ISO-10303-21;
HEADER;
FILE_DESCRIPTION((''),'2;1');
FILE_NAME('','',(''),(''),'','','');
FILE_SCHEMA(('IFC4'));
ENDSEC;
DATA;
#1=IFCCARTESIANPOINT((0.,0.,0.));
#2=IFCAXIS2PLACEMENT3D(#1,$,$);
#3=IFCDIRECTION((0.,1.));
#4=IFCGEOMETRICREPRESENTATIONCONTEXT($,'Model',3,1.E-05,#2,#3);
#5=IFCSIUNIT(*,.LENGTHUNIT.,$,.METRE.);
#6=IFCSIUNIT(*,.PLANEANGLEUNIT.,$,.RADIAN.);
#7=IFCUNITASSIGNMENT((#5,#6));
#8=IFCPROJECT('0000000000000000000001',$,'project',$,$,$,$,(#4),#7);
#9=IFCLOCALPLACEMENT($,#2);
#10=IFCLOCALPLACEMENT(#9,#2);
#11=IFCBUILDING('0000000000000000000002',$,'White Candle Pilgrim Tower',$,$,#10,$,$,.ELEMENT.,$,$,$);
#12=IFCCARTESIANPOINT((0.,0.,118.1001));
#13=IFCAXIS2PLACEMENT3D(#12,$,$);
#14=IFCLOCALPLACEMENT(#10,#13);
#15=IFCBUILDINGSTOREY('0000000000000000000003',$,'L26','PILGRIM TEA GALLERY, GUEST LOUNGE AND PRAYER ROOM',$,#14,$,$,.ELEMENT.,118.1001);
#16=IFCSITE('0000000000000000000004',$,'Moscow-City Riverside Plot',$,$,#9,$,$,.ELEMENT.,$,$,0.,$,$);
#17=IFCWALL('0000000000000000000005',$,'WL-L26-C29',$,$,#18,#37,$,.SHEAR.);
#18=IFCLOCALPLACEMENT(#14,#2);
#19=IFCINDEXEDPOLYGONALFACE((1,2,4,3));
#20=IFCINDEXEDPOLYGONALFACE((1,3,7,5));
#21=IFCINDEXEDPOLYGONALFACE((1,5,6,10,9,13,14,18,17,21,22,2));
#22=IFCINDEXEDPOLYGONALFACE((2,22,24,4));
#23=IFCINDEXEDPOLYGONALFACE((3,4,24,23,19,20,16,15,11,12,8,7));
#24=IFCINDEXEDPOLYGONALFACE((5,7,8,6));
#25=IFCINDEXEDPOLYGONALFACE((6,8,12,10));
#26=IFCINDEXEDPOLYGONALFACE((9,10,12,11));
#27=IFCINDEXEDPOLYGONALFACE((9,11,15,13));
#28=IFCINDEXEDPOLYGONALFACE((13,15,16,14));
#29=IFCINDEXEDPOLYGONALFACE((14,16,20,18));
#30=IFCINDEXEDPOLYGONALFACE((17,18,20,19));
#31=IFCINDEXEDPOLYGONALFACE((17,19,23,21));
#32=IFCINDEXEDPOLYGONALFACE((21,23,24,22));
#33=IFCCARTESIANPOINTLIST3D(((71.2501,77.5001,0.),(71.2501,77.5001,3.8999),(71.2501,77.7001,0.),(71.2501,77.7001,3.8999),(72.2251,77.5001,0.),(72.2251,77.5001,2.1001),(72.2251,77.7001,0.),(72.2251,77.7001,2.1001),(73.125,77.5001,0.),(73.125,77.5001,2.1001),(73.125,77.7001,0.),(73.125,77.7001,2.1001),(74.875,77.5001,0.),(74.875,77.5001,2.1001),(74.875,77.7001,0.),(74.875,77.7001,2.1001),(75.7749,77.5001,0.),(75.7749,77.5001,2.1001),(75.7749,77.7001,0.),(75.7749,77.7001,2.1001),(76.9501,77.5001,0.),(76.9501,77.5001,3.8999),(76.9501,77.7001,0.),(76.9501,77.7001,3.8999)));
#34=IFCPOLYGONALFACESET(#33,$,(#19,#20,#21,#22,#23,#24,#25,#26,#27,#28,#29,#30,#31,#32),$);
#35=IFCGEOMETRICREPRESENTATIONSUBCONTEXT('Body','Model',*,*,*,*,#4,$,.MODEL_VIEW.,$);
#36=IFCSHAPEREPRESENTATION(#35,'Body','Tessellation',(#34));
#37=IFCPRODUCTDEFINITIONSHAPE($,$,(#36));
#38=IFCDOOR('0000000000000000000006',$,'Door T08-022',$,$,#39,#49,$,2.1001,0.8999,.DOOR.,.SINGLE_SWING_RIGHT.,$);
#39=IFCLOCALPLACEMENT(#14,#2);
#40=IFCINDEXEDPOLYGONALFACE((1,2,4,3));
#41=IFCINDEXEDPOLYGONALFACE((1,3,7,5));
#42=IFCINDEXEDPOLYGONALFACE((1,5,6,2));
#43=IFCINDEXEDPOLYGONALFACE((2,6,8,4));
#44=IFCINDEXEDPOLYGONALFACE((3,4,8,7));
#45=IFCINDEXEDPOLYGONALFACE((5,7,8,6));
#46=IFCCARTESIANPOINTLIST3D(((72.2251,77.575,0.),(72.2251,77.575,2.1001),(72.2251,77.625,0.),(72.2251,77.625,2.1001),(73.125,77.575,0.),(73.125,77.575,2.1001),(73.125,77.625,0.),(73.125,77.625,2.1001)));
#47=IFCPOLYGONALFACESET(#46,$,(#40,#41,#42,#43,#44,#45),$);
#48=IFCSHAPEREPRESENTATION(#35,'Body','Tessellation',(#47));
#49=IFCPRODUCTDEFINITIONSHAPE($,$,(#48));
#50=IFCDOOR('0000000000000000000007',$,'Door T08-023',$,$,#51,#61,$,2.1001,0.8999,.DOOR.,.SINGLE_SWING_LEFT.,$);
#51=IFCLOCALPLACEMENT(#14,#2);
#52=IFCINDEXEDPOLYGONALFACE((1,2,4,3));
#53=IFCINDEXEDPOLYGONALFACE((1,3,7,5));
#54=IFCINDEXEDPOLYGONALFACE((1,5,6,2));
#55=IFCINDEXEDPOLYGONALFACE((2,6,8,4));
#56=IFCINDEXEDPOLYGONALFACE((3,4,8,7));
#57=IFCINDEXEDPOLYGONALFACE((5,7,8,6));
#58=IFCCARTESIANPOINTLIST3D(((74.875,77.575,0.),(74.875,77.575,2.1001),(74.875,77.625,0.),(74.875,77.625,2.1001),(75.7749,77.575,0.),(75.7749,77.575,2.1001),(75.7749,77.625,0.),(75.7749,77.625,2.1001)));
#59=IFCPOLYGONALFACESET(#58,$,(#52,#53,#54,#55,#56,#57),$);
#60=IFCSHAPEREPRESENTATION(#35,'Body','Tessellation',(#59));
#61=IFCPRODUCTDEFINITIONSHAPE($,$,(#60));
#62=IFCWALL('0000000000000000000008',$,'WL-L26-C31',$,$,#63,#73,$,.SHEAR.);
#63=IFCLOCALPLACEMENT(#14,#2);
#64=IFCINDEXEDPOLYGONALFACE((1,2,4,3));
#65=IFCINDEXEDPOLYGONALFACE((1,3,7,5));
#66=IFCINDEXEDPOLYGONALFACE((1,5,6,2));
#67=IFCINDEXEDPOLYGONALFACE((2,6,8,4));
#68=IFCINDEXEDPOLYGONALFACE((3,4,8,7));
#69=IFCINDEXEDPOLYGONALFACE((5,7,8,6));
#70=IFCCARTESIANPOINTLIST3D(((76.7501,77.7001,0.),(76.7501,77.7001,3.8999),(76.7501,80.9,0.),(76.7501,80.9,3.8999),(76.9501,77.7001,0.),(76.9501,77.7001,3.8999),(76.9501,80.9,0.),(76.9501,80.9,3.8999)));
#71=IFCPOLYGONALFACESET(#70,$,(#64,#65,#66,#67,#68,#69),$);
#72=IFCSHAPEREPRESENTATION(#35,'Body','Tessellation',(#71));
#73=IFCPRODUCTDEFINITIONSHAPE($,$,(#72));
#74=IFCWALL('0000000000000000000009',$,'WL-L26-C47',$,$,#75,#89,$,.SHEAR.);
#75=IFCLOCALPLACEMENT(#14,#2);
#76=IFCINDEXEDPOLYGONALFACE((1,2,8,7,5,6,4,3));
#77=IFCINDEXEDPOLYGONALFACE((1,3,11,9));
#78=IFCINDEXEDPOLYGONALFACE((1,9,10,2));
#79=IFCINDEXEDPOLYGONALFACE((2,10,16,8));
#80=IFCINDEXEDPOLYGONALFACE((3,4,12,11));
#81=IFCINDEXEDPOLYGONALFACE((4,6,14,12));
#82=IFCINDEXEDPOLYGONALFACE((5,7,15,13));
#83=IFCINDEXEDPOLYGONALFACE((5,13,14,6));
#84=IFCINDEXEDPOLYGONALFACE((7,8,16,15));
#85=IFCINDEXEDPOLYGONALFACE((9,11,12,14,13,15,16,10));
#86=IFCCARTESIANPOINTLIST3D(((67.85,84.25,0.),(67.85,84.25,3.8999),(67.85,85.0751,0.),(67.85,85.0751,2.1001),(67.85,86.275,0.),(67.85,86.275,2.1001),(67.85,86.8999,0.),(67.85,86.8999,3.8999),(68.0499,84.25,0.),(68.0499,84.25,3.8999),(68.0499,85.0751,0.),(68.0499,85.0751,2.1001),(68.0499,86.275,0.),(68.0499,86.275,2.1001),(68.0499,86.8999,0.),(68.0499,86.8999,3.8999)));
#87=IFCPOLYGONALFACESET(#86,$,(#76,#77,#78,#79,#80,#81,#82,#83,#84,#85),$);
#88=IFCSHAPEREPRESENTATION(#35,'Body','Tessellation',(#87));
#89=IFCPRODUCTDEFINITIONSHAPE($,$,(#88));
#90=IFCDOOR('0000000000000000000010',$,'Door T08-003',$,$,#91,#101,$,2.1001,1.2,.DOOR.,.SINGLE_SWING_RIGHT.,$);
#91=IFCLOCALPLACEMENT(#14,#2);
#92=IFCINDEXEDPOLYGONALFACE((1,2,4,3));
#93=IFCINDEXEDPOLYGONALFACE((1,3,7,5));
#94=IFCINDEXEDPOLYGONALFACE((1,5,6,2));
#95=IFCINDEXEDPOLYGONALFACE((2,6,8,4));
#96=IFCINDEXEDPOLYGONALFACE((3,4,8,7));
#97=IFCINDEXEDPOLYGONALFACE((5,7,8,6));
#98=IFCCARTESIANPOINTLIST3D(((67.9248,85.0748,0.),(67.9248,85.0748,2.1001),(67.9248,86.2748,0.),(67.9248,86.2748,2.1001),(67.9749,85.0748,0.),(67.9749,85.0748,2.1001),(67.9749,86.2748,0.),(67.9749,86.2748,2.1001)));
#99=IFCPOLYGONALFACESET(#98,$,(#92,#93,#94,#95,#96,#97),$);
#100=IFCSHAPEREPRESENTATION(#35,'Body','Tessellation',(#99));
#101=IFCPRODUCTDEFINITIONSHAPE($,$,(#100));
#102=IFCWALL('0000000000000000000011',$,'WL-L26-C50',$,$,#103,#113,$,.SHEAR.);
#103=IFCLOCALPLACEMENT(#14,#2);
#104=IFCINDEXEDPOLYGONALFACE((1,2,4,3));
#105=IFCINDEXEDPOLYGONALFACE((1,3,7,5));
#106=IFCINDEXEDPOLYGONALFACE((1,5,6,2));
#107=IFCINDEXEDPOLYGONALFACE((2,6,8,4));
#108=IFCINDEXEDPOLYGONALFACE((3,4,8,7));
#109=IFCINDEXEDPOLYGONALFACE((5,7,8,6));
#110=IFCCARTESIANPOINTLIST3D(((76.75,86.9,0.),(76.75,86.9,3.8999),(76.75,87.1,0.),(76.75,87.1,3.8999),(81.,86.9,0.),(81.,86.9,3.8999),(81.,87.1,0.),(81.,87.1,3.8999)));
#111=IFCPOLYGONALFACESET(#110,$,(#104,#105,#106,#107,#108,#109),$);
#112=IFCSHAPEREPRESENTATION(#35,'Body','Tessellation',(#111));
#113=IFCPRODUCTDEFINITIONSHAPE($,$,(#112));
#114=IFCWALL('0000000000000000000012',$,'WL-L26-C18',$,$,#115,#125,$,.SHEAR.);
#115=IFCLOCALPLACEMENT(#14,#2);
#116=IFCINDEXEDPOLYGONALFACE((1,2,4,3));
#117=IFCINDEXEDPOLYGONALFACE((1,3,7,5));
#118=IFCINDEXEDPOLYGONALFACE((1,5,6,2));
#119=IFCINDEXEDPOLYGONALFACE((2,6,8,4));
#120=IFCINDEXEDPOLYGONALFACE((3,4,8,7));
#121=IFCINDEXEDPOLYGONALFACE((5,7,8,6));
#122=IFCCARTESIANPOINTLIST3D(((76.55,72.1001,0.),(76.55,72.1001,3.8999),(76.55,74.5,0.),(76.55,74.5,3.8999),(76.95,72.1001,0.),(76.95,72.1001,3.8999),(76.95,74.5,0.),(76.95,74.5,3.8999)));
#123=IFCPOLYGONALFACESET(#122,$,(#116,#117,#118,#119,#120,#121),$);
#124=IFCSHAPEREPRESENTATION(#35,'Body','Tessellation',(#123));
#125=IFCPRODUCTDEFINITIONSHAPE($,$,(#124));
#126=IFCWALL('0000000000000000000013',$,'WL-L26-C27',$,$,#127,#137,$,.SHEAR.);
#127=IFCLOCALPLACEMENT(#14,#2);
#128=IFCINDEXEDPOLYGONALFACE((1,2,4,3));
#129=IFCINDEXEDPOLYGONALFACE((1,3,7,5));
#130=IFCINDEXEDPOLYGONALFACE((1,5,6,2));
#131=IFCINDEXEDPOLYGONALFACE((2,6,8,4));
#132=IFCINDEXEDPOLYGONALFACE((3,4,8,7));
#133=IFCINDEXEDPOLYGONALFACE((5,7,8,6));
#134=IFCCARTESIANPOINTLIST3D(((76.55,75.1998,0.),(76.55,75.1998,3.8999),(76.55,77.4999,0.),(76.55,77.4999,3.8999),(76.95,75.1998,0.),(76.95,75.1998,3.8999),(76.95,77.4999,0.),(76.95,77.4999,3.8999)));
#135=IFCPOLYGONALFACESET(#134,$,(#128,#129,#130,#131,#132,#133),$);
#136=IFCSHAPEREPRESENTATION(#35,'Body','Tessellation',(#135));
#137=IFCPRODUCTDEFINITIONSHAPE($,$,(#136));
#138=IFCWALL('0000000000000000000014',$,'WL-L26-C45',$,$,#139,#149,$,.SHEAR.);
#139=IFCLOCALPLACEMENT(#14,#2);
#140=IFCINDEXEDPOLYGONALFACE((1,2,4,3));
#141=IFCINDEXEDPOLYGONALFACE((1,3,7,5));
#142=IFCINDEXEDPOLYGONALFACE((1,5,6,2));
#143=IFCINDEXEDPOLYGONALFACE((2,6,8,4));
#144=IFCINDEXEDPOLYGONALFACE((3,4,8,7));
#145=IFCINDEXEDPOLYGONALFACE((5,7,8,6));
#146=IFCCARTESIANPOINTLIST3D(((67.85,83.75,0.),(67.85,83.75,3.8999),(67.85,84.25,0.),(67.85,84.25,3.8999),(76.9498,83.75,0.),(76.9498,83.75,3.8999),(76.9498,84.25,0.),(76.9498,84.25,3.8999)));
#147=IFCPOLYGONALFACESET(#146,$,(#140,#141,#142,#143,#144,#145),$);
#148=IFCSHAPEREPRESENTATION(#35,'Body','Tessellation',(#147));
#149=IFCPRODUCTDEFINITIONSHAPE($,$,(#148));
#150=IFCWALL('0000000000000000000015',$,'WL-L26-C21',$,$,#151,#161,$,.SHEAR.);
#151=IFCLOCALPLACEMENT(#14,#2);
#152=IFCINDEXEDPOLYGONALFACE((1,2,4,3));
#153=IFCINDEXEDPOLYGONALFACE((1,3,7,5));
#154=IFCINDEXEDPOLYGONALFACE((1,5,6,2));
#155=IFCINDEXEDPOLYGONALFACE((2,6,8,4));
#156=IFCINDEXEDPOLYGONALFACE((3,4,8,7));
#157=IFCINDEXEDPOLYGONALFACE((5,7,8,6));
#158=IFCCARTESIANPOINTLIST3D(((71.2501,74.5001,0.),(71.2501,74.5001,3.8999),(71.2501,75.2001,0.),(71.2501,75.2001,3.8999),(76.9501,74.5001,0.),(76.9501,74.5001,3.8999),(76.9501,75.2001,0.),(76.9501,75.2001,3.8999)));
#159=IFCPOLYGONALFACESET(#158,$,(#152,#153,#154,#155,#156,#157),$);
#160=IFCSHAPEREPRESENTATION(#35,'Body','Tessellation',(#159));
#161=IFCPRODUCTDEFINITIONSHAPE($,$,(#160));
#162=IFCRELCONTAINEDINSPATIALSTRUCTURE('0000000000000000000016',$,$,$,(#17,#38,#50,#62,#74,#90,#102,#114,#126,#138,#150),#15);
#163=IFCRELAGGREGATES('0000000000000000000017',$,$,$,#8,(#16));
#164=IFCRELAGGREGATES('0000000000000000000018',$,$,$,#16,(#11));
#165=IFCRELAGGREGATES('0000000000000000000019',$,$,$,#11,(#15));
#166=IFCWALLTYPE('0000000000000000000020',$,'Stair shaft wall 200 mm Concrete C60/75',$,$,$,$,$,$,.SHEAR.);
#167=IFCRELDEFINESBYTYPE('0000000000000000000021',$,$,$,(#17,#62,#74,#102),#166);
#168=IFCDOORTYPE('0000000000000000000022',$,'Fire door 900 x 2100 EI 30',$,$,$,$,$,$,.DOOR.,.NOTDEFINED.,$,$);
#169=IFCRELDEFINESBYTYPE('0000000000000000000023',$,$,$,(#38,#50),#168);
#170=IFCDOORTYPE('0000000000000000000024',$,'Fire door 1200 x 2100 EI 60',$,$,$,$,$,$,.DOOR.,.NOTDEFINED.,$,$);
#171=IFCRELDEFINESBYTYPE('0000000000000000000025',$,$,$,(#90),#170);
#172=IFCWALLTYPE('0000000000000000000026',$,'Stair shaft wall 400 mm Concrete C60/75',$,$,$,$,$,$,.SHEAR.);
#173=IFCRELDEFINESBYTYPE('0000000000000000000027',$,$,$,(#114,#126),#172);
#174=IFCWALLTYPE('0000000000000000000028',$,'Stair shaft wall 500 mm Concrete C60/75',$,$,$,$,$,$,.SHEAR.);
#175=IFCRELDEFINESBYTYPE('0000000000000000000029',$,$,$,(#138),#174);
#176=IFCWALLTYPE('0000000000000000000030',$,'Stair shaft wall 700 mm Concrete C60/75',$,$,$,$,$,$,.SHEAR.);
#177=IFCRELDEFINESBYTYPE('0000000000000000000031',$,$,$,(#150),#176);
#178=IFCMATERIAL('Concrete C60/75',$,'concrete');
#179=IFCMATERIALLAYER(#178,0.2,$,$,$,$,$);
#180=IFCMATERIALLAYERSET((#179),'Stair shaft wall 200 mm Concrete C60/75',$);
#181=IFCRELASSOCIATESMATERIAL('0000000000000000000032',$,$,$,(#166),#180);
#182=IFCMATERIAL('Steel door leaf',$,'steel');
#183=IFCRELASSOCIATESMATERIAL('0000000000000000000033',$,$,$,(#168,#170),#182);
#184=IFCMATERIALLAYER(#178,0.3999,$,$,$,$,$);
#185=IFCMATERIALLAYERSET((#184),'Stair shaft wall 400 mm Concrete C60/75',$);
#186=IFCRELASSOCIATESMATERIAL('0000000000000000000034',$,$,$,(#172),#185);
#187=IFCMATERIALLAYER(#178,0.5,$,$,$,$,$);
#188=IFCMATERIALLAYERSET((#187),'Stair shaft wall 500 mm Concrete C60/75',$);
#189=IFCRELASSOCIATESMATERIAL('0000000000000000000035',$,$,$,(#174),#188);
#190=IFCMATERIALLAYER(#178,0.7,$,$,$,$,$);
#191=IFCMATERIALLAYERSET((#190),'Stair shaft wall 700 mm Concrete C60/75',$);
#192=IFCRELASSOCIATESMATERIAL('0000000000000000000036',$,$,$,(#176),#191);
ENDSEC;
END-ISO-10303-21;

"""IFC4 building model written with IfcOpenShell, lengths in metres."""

from ifc_helpers import new_model, si_unit, direction, frame, frame_2d, origin, place, context, subcontext, project, spatial, rectangle, extrude, material, layer, layer_set, type_object, element, fill, save


model = new_model("IFC4")

# Units and contexts
model_context = context("Model", 3, precision=1e-05, world=origin(), true_north=direction((0.0, 1.0)))
body_context = subcontext(model_context, "Body", "Model", "MODEL_VIEW")
ifc_project = project(units=[si_unit("LENGTHUNIT", "METRE"), si_unit("PLANEANGLEUNIT", "RADIAN")], contexts=[model_context])

# Site, building, storey
site_placement = place(None, origin())
site = spatial("IfcSite", under=ifc_project, at=site_placement, Name="Moscow-City Riverside Plot", CompositionType="ELEMENT", RefElevation=0.0)
building_placement = place(site_placement, origin())
building = spatial("IfcBuilding", under=site, at=building_placement, Name="White Candle Pilgrim Tower", CompositionType="ELEMENT")
storey_placement = place(building_placement, frame((0.0, 0.0, 118.1001)))
storey = spatial("IfcBuildingStorey", under=building, at=storey_placement, Name="L26", Description="PILGRIM TEA GALLERY, GUEST LOUNGE AND PRAYER ROOM", CompositionType="ELEMENT", Elevation=118.1001)

# Shared definitions
ifc_material_1 = material(Name="Concrete C60/75", Category="concrete")

# Wall, openings, doors
ifc_layer_1 = layer(ifc_material_1, 0.2)
ifc_layer_set_1 = layer_set([ifc_layer_1], Name="Stair shaft wall 200 mm Concrete C60/75")
wall_type_1 = type_object("IfcWallType", Name="Stair shaft wall 200 mm Concrete C60/75", PredefinedType="SHEAR", material=ifc_layer_set_1)
wall_1_placement = place(storey_placement, frame((71.25, 77.6001, 0.0), z_axis=(0.0, 0.0, 1.0), x_axis=(1.0, 0.0, 0.0)))
wall_1 = element("IfcWall", 1, at=wall_1_placement, inside=storey, type_object=wall_type_1, Name="WL-L26-C29", PredefinedType="SHEAR", context=body_context, shape_type="SweptSolid", body=[
    extrude(rectangle(XDim=5.7, YDim=0.2, at=frame_2d((2.8501, 0.0))), origin(), (0.0, 0.0, 1.0), 3.8999),
])
opening_1_placement = place(wall_1_placement, frame((0.9751, 0.0, 0.0)))
opening_1 = element("IfcOpeningElement", 2, at=opening_1_placement, cuts=wall_1, PredefinedType="OPENING", context=body_context, shape_type="SweptSolid", body=[
    extrude(rectangle(XDim=0.8999, YDim=2.1001, at=frame_2d((0.45, 1.05))), frame((0.0, 0.1099, 0.0), z_axis=(0.0, -1.0, 0.0), x_axis=(1.0, 0.0, 0.0)), (0.0, 0.0, 1.0), 0.22),
])
opening_2_placement = place(wall_1_placement, frame((3.625, 0.0, 0.0)))
opening_2 = element("IfcOpeningElement", 3, at=opening_2_placement, cuts=wall_1, PredefinedType="OPENING", context=body_context, shape_type="SweptSolid", body=[
    extrude(rectangle(XDim=0.8999, YDim=2.1001, at=frame_2d((0.45, 1.05))), frame((0.0, 0.1099, 0.0), z_axis=(0.0, -1.0, 0.0), x_axis=(1.0, 0.0, 0.0)), (0.0, 0.0, 1.0), 0.22),
])
ifc_material_2 = material(Name="Steel door leaf", Category="steel")
door_type_1 = type_object("IfcDoorType", Name="Fire door 900 x 2100 EI 30", OperationType="NOTDEFINED", PredefinedType="DOOR", material=ifc_material_2)
door_1_placement = place(opening_1_placement, origin())
door_1 = element("IfcDoor", 4, at=door_1_placement, inside=storey, type_object=door_type_1, Name="Door T08-022", OperationType="SINGLE_SWING_RIGHT", OverallHeight=2.1001, OverallWidth=0.8999, PredefinedType="DOOR", context=body_context, shape_type="SweptSolid", body=[
    extrude(rectangle(XDim=0.8999, YDim=2.1001, at=frame_2d((0.45, 1.05))), frame((0.0, 0.0249, 0.0), z_axis=(0.0, -1.0, 0.0), x_axis=(1.0, 0.0, 0.0)), (0.0, 0.0, 1.0), 0.05),
])
fill(opening_1, door_1)
door_2_placement = place(opening_2_placement, origin())
door_2 = element("IfcDoor", 5, at=door_2_placement, inside=storey, type_object=door_type_1, Name="Door T08-023", OperationType="SINGLE_SWING_LEFT", OverallHeight=2.1001, OverallWidth=0.8999, PredefinedType="DOOR", context=body_context, shape_type="SweptSolid", body=[
    extrude(rectangle(XDim=0.8999, YDim=2.1001, at=frame_2d((0.45, 1.05))), frame((0.0, 0.0249, 0.0), z_axis=(0.0, -1.0, 0.0), x_axis=(1.0, 0.0, 0.0)), (0.0, 0.0, 1.0), 0.05),
])
fill(opening_2, door_2)

# Wall
wall_2_placement = place(storey_placement, frame((76.8501, 77.7, 0.0), z_axis=(0.0, 0.0, 1.0), x_axis=(0.0, 1.0, 0.0)))
element("IfcWall", 6, at=wall_2_placement, inside=storey, type_object=wall_type_1, Name="WL-L26-C31", PredefinedType="SHEAR", context=body_context, shape_type="SweptSolid", body=[
    extrude(rectangle(XDim=3.2, YDim=0.2, at=frame_2d((1.6001, 0.0))), origin(), (0.0, 0.0, 1.0), 3.8999),
])

# Wall, opening, door
wall_3_placement = place(storey_placement, frame((67.95, 84.25, 0.0), z_axis=(0.0, 0.0, 1.0), x_axis=(0.0, 1.0, 0.0)))
wall_3 = element("IfcWall", 7, at=wall_3_placement, inside=storey, type_object=wall_type_1, Name="WL-L26-C47", PredefinedType="SHEAR", context=body_context, shape_type="SweptSolid", body=[
    extrude(rectangle(XDim=2.6499, YDim=0.2, at=frame_2d((1.325, 0.0))), origin(), (0.0, 0.0, 1.0), 3.8999),
])
opening_3_placement = place(wall_3_placement, frame((0.825, 0.0, 0.0)))
opening_3 = element("IfcOpeningElement", 8, at=opening_3_placement, cuts=wall_3, PredefinedType="OPENING", context=body_context, shape_type="SweptSolid", body=[
    extrude(rectangle(XDim=1.2, YDim=2.1001, at=frame_2d((0.6001, 1.05))), frame((0.0, 0.1099, 0.0), z_axis=(0.0, -1.0, 0.0), x_axis=(1.0, 0.0, 0.0)), (0.0, 0.0, 1.0), 0.22),
])
door_type_2 = type_object("IfcDoorType", Name="Fire door 1200 x 2100 EI 60", OperationType="NOTDEFINED", PredefinedType="DOOR", material=ifc_material_2)
door_3_placement = place(opening_3_placement, frame((1.2, 0.0, 0.0), z_axis=(0.0, 0.0, 1.0), x_axis=(-1.0, 0.0, 0.0)))
door_3 = element("IfcDoor", 9, at=door_3_placement, inside=storey, type_object=door_type_2, Name="Door T08-003", OperationType="SINGLE_SWING_RIGHT", OverallHeight=2.1001, OverallWidth=1.2, PredefinedType="DOOR", context=body_context, shape_type="SweptSolid", body=[
    extrude(rectangle(XDim=1.2, YDim=2.1001, at=frame_2d((0.6001, 1.05))), frame((0.0, 0.0249, 0.0), z_axis=(0.0, -1.0, 0.0), x_axis=(1.0, 0.0, 0.0)), (0.0, 0.0, 1.0), 0.05),
])
fill(opening_3, door_3)

# Walls
wall_4_placement = place(storey_placement, frame((76.75, 87.0, 0.0), z_axis=(0.0, 0.0, 1.0), x_axis=(1.0, 0.0, 0.0)))
element("IfcWall", 10, at=wall_4_placement, inside=storey, type_object=wall_type_1, Name="WL-L26-C50", PredefinedType="SHEAR", context=body_context, shape_type="SweptSolid", body=[
    extrude(rectangle(XDim=4.25, YDim=0.2, at=frame_2d((2.125, 0.0))), origin(), (0.0, 0.0, 1.0), 3.8999),
])
ifc_layer_2 = layer(ifc_material_1, 0.3999)
ifc_layer_set_2 = layer_set([ifc_layer_2], Name="Stair shaft wall 400 mm Concrete C60/75")
wall_type_2 = type_object("IfcWallType", Name="Stair shaft wall 400 mm Concrete C60/75", PredefinedType="SHEAR", material=ifc_layer_set_2)
wall_5_placement = place(storey_placement, frame((76.75, 72.1001, 0.0), z_axis=(0.0, 0.0, 1.0), x_axis=(0.0, 1.0, 0.0)))
element("IfcWall", 11, at=wall_5_placement, inside=storey, type_object=wall_type_2, Name="WL-L26-C18", PredefinedType="SHEAR", context=body_context, shape_type="SweptSolid", body=[
    extrude(rectangle(XDim=2.3999, YDim=0.3999, at=frame_2d((1.2, 0.0))), origin(), (0.0, 0.0, 1.0), 3.8999),
])
wall_6_placement = place(storey_placement, frame((76.75, 75.2, 0.0), z_axis=(0.0, 0.0, 1.0), x_axis=(0.0, 1.0, 0.0)))
element("IfcWall", 12, at=wall_6_placement, inside=storey, type_object=wall_type_2, Name="WL-L26-C27", PredefinedType="SHEAR", context=body_context, shape_type="SweptSolid", body=[
    extrude(rectangle(XDim=2.3, YDim=0.3999, at=frame_2d((1.1499, 0.0))), origin(), (0.0, 0.0, 1.0), 3.8999),
])
ifc_layer_3 = layer(ifc_material_1, 0.5)
ifc_layer_set_3 = layer_set([ifc_layer_3], Name="Stair shaft wall 500 mm Concrete C60/75")
wall_type_3 = type_object("IfcWallType", Name="Stair shaft wall 500 mm Concrete C60/75", PredefinedType="SHEAR", material=ifc_layer_set_3)
wall_7_placement = place(storey_placement, frame((67.8501, 84.0, 0.0), z_axis=(0.0, 0.0, 1.0), x_axis=(1.0, 0.0, 0.0)))
element("IfcWall", 13, at=wall_7_placement, inside=storey, type_object=wall_type_3, Name="WL-L26-C45", PredefinedType="SHEAR", context=body_context, shape_type="SweptSolid", body=[
    extrude(rectangle(XDim=9.0999, YDim=0.5, at=frame_2d((4.5498, 0.0))), origin(), (0.0, 0.0, 1.0), 3.8999),
])
ifc_layer_4 = layer(ifc_material_1, 0.7)
ifc_layer_set_4 = layer_set([ifc_layer_4], Name="Stair shaft wall 700 mm Concrete C60/75")
wall_type_4 = type_object("IfcWallType", Name="Stair shaft wall 700 mm Concrete C60/75", PredefinedType="SHEAR", material=ifc_layer_set_4)
wall_8_placement = place(storey_placement, frame((71.25, 74.8501, 0.0), z_axis=(0.0, 0.0, 1.0), x_axis=(1.0, 0.0, 0.0)))
element("IfcWall", 14, at=wall_8_placement, inside=storey, type_object=wall_type_4, Name="WL-L26-C21", PredefinedType="SHEAR", context=body_context, shape_type="SweptSolid", body=[
    extrude(rectangle(XDim=5.7, YDim=0.7, at=frame_2d((2.8501, 0.0))), origin(), (0.0, 0.0, 1.0), 3.8999),
])

save(model, "model.ifc")
